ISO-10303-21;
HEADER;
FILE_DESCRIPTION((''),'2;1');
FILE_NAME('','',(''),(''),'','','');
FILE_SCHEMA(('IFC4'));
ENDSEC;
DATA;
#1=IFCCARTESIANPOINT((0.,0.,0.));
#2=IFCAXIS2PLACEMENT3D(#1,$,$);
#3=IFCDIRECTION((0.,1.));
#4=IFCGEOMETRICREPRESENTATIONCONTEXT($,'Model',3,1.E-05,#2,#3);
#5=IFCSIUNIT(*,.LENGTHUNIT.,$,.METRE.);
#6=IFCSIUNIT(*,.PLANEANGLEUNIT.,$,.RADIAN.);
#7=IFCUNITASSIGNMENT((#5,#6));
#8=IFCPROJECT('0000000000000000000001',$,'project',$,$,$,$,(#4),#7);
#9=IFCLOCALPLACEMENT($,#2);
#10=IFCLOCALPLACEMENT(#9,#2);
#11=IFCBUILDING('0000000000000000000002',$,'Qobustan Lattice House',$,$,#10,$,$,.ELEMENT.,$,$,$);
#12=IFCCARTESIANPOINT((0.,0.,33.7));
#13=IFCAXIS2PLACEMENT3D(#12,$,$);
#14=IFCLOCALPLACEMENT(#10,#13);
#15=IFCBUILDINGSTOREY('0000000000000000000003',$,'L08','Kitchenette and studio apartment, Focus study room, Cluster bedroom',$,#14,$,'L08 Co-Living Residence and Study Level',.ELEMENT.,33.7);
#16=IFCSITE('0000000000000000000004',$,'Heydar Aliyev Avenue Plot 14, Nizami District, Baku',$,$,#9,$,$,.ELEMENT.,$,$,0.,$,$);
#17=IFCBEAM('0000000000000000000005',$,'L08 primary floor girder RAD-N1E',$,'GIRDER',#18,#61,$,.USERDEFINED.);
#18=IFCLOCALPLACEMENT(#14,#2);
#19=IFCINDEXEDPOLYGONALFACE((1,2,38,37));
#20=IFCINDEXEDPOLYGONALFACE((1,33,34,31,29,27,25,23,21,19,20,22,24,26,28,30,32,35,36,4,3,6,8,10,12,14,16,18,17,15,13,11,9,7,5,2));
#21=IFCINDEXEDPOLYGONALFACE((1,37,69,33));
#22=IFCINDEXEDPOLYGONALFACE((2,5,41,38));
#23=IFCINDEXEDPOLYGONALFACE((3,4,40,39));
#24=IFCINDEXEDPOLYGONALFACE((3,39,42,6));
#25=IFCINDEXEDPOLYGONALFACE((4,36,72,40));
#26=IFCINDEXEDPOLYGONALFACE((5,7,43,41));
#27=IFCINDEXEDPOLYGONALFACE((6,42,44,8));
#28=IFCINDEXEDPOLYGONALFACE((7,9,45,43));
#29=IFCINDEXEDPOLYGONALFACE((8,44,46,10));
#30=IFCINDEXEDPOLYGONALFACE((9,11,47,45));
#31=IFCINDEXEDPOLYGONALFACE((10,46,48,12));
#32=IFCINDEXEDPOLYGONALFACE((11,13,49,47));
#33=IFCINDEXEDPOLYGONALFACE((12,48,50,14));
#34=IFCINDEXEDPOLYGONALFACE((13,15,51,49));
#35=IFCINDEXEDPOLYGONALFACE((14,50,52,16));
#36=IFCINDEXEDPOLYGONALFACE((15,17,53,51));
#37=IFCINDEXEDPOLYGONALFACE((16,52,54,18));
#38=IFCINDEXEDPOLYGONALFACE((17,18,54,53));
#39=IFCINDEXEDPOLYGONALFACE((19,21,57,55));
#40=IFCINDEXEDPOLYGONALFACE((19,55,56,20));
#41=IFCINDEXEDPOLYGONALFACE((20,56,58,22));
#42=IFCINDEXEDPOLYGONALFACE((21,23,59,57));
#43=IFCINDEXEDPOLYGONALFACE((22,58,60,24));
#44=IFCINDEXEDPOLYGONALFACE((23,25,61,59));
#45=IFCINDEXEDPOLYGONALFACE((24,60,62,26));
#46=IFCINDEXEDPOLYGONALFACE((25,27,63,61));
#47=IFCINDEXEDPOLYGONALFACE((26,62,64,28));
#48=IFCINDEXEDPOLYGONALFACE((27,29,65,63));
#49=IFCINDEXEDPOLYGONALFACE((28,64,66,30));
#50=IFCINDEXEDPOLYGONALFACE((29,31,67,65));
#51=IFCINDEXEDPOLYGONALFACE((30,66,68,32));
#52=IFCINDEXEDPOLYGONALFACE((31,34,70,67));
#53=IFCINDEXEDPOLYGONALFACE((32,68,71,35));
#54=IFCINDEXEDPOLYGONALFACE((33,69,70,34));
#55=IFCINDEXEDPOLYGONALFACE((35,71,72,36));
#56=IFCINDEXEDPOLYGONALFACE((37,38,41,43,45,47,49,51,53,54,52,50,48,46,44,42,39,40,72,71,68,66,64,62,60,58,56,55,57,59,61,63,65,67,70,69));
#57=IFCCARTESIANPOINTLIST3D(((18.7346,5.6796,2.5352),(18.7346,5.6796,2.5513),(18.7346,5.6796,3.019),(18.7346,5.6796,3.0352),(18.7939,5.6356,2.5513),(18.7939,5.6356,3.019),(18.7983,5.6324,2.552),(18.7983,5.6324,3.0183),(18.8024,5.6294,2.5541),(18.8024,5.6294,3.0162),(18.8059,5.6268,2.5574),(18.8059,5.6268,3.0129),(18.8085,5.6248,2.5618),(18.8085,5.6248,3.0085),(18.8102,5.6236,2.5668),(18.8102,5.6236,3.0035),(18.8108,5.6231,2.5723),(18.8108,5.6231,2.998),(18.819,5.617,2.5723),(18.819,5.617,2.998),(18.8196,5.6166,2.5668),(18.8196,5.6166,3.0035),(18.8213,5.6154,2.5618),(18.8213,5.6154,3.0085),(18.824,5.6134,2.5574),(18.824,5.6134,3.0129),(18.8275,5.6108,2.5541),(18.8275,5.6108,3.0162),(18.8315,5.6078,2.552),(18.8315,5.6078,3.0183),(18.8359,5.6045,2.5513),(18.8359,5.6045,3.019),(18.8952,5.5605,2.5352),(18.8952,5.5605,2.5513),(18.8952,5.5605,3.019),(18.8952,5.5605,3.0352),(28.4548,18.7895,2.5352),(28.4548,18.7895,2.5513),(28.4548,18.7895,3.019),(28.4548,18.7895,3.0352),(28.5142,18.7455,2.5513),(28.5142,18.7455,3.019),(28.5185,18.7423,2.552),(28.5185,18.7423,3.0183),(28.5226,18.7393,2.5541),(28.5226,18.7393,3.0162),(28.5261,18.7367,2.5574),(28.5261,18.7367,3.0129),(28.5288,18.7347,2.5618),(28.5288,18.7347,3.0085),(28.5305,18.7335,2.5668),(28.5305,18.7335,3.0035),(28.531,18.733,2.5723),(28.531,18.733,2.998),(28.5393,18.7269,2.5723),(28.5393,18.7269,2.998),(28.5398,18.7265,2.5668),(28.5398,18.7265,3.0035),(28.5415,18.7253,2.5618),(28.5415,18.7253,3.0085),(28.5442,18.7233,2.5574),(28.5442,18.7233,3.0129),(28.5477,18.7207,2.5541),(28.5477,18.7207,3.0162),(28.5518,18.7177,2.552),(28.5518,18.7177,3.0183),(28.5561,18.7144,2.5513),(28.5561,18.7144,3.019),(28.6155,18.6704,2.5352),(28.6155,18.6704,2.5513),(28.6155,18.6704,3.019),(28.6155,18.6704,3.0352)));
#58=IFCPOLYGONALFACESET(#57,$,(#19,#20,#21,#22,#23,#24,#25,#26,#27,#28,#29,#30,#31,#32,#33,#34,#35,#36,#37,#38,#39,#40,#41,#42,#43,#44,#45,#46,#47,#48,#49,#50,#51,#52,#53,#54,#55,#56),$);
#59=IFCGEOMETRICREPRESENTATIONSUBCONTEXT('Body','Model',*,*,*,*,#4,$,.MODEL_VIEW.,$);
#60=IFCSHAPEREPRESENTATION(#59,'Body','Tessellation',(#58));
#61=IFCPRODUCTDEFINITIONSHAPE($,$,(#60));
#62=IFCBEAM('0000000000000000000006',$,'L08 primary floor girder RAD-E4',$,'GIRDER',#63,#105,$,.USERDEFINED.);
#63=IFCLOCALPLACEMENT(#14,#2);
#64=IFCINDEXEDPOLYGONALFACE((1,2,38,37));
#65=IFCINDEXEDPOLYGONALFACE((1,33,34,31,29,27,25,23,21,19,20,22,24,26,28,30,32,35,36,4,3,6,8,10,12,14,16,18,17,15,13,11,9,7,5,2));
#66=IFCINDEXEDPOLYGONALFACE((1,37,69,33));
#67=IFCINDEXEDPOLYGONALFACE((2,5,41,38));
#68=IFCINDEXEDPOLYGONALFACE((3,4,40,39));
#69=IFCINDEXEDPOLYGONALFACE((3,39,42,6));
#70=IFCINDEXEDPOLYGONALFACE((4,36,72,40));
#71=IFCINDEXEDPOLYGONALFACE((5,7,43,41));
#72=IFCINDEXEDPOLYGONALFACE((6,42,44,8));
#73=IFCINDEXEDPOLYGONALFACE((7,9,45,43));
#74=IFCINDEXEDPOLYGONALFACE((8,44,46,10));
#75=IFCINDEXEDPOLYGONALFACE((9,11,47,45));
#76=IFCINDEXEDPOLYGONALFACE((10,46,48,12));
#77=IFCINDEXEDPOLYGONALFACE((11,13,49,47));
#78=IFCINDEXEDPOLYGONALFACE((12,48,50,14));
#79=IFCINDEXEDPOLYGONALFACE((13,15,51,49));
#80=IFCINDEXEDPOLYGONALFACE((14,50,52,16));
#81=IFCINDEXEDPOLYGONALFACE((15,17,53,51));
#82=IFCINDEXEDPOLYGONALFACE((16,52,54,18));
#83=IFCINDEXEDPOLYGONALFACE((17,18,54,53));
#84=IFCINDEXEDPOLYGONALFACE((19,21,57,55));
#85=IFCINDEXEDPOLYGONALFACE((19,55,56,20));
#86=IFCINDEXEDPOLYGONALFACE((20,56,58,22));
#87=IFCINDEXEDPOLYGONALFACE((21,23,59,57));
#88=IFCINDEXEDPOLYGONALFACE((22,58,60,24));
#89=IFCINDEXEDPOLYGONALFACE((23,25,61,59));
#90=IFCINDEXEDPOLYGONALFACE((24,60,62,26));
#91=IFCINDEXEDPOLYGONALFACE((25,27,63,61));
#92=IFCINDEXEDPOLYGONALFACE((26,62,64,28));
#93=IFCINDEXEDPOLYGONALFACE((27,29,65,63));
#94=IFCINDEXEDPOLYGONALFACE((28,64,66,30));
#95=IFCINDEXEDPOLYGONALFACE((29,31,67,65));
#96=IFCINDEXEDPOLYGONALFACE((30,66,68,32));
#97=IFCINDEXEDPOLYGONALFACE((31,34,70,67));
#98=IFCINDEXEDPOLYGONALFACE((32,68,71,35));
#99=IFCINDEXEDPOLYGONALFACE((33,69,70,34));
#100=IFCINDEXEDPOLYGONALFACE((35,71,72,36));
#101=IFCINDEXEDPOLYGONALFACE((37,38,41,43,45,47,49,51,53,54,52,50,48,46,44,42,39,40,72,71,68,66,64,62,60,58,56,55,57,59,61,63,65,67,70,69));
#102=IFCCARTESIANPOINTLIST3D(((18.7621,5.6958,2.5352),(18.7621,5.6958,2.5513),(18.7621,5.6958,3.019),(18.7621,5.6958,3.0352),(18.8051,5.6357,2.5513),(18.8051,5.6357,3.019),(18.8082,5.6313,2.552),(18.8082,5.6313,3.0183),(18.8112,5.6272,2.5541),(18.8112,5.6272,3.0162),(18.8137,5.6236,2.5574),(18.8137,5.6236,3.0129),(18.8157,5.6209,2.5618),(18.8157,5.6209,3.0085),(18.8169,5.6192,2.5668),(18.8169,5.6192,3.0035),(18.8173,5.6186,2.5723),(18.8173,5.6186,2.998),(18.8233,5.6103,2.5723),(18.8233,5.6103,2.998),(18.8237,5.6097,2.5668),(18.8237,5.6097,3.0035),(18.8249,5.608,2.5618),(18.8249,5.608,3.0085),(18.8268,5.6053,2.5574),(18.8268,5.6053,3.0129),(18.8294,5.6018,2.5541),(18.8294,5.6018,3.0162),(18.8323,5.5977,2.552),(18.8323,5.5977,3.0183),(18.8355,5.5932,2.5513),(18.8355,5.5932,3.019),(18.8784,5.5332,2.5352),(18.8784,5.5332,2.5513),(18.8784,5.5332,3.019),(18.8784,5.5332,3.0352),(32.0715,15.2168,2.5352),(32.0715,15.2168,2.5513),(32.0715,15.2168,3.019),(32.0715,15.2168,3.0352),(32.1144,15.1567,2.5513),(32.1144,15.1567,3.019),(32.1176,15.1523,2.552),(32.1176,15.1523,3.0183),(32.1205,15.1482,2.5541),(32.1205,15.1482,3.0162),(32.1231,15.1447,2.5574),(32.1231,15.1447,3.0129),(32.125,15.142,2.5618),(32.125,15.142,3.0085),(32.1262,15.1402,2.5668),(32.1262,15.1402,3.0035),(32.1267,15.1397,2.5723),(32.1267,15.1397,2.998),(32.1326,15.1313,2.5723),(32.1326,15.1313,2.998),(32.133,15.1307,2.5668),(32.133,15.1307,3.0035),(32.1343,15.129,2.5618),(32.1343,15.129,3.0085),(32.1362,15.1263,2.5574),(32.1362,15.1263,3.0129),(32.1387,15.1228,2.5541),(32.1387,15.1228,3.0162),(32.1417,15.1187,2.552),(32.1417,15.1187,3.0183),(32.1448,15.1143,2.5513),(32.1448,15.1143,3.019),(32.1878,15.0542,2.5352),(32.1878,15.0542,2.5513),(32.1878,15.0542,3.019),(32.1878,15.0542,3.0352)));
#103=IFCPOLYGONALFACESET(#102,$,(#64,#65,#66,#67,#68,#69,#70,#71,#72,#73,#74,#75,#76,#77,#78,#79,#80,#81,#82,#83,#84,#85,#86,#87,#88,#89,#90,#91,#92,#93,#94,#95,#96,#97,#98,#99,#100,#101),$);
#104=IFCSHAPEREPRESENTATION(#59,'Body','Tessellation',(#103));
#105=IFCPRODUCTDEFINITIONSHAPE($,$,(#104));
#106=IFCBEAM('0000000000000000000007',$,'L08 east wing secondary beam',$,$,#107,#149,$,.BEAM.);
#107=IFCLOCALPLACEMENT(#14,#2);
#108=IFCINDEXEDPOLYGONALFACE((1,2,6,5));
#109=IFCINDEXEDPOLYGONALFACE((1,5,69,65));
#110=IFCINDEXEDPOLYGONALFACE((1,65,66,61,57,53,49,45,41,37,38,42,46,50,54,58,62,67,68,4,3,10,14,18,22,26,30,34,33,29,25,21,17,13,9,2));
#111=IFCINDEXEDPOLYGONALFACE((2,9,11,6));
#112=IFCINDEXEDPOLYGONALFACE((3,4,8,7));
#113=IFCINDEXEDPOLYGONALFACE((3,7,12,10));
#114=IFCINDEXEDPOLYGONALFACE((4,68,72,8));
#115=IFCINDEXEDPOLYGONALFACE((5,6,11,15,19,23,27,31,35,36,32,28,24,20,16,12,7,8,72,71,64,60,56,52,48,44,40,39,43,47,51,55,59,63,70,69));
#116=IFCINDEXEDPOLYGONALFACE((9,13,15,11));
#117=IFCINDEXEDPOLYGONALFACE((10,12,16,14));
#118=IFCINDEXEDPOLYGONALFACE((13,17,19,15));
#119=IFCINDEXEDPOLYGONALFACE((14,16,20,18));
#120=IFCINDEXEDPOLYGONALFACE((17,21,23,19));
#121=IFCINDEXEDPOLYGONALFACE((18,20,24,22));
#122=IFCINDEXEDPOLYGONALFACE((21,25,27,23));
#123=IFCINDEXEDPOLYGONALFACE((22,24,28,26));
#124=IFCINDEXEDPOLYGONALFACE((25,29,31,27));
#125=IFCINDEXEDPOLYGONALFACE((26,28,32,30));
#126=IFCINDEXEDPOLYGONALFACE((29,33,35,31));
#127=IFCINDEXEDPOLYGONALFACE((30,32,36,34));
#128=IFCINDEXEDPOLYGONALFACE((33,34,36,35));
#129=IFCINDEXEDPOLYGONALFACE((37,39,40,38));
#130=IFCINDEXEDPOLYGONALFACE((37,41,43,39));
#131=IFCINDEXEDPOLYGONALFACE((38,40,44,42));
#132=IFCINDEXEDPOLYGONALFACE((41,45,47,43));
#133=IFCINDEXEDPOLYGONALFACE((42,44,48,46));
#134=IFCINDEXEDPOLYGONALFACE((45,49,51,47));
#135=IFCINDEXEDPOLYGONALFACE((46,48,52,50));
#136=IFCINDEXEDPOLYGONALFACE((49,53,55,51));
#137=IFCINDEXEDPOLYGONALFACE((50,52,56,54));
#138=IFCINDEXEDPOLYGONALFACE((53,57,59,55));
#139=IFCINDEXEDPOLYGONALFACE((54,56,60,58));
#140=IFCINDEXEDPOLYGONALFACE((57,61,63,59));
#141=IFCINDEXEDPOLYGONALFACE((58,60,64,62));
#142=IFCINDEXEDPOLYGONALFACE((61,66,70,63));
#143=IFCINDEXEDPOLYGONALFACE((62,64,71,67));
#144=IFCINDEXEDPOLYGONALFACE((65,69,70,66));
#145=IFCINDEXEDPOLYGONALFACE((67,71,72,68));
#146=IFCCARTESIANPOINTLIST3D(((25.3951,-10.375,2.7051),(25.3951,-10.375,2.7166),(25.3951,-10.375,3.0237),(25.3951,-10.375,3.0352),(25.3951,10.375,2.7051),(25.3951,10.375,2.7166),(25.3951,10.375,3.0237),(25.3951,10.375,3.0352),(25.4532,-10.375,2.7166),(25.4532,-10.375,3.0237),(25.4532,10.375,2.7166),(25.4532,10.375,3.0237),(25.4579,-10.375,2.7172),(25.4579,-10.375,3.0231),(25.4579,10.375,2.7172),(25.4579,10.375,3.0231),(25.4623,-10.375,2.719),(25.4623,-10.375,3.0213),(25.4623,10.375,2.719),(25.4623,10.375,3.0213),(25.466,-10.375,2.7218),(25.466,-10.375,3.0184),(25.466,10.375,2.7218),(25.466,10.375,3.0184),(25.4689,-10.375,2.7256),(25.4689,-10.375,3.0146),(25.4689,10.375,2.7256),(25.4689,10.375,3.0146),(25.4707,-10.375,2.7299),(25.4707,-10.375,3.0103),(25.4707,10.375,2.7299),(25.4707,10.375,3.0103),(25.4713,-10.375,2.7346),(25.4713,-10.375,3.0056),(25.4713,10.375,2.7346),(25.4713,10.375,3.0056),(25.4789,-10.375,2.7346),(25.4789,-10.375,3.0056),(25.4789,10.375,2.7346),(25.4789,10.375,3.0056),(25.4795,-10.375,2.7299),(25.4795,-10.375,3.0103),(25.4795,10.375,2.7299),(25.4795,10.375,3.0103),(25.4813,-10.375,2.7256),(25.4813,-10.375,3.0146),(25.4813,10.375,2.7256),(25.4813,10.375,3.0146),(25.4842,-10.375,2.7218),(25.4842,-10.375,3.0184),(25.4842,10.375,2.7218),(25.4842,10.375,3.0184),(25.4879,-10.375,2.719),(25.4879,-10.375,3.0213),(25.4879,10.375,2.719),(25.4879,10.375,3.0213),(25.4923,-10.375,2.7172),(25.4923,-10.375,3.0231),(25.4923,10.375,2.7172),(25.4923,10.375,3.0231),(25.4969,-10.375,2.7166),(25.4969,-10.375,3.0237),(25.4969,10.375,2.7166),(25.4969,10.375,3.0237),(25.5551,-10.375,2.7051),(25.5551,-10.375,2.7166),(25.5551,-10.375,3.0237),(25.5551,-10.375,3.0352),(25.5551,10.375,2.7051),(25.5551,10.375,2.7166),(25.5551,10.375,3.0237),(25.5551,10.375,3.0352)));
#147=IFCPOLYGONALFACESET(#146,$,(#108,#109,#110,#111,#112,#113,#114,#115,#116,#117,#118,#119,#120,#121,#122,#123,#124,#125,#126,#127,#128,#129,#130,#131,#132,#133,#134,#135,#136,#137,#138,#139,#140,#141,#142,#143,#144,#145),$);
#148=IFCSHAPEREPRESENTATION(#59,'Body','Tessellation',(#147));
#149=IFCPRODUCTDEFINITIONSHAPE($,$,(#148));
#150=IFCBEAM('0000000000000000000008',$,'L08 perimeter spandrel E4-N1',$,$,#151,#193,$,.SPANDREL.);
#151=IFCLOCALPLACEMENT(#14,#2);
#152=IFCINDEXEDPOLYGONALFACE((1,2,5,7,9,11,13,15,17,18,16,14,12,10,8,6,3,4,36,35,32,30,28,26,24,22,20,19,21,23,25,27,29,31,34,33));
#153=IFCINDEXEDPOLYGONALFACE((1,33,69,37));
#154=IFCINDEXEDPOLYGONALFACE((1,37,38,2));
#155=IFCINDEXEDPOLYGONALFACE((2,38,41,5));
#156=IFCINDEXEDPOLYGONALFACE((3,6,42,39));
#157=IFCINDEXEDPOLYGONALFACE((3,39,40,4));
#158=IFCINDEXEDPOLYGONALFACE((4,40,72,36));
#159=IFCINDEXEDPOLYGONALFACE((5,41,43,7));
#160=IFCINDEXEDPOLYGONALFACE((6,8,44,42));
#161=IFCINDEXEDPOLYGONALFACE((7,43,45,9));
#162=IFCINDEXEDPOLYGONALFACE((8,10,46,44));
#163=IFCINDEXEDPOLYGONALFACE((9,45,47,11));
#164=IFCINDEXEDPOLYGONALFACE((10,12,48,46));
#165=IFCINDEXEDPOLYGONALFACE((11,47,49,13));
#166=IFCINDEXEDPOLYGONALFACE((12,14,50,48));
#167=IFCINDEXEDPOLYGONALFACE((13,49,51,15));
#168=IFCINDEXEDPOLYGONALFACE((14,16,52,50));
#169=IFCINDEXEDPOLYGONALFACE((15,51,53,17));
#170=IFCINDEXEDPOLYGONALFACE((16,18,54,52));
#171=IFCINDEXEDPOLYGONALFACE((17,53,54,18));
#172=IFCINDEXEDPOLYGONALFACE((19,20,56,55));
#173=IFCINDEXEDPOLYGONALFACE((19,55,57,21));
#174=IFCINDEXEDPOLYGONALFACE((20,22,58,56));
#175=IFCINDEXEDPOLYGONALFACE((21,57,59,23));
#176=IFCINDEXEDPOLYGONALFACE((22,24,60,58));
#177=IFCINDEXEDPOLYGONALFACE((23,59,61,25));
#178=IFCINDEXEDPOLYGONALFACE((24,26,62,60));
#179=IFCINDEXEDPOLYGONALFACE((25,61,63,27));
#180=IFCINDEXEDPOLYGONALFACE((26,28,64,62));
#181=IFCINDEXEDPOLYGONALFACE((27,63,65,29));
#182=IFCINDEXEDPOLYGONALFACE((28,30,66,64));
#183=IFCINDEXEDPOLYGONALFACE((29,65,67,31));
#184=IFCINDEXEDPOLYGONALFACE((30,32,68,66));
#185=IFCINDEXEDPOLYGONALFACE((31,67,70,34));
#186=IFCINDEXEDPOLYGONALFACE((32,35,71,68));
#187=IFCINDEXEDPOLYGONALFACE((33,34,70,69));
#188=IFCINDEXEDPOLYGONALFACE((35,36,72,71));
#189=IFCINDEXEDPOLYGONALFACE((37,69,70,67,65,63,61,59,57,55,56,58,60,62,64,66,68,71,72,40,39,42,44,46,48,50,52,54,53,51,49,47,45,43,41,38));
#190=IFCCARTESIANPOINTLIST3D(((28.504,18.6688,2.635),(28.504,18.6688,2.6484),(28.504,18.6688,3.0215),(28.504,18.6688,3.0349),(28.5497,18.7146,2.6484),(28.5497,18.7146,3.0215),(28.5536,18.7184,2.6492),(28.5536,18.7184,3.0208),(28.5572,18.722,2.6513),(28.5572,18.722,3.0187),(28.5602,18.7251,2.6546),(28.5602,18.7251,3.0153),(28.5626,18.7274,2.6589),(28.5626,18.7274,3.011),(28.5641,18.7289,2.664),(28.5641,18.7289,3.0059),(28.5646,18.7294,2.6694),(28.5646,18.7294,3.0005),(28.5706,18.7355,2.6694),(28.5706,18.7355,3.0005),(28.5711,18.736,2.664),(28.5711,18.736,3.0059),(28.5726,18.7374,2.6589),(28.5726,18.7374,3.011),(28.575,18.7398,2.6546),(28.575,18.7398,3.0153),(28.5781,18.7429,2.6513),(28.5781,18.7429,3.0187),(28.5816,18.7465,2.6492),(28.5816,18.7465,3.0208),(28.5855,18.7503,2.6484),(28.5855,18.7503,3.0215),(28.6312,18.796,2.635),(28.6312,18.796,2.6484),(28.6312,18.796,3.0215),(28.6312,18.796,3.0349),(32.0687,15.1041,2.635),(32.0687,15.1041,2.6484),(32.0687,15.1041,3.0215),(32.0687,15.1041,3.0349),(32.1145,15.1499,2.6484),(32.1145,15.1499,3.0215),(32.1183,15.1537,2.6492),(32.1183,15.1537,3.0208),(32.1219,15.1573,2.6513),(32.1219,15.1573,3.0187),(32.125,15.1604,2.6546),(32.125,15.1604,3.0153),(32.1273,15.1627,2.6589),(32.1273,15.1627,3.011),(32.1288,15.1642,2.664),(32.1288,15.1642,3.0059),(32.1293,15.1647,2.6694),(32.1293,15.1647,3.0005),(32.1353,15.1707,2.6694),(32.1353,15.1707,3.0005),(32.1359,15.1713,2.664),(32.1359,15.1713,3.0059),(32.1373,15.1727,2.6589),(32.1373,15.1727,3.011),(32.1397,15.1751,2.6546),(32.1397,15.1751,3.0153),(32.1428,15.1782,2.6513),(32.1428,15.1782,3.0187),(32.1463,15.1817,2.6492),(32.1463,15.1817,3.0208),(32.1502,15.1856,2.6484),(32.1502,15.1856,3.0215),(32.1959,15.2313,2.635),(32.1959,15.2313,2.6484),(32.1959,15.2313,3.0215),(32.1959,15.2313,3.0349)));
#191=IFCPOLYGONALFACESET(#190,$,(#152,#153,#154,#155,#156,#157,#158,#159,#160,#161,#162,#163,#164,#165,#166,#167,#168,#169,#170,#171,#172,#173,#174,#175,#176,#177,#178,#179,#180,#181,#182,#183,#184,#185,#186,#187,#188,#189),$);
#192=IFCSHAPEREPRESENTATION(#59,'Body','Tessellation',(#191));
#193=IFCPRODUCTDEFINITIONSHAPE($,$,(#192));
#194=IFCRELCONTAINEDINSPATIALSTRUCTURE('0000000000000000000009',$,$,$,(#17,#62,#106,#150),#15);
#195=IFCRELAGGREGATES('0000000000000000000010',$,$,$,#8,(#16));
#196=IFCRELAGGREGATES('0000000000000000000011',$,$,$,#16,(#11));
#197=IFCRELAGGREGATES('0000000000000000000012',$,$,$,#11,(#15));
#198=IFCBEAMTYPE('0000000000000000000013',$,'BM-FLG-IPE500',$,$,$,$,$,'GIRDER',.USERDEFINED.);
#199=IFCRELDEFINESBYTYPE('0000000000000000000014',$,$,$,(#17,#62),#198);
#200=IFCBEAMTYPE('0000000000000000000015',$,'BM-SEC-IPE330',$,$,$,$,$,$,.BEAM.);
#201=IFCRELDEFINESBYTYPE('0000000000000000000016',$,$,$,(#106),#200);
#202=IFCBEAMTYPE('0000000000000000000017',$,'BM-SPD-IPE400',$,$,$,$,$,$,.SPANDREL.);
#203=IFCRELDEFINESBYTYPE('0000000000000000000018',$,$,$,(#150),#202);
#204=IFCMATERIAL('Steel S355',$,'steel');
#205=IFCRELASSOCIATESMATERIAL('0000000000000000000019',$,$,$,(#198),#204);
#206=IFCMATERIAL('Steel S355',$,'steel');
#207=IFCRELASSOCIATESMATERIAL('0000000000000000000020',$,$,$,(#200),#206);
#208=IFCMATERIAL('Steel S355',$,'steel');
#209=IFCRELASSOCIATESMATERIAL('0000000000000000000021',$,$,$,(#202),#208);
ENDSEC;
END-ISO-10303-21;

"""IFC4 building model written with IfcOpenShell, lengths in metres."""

from ifc_helpers import new_model, si_unit, direction, frame, origin, origin_2d, place, context, subcontext, project, spatial, i_section, extrude, material, material_profile, profile_set, type_object, element, save


model = new_model("IFC4")

# Units and contexts
model_context = context("Model", 3, precision=1e-05, world=origin(), true_north=direction((0.0, 1.0)))
body_context = subcontext(model_context, "Body", "Model", "MODEL_VIEW")
ifc_project = project(units=[si_unit("LENGTHUNIT", "METRE"), si_unit("PLANEANGLEUNIT", "RADIAN")], contexts=[model_context])

# Site, building, storey
site_placement = place(None, origin())
site = spatial("IfcSite", under=ifc_project, at=site_placement, Name="Heydar Aliyev Avenue Plot 14, Nizami District, Baku", CompositionType="ELEMENT", RefElevation=0.0)
building_placement = place(site_placement, origin())
building = spatial("IfcBuilding", under=site, at=building_placement, Name="Qobustan Lattice House", CompositionType="ELEMENT")
storey_placement = place(building_placement, frame((0.0, 0.0, 33.7)))
storey = spatial("IfcBuildingStorey", under=building, at=storey_placement, Name="L08", Description="Kitchenette and studio apartment, Focus study room, Cluster bedroom", LongName="L08 Co-Living Residence and Study Level", CompositionType="ELEMENT", Elevation=33.7)

# Beams
ifc_material_1 = material(Name="Steel S355", Category="steel")
ifc_material_profile_1 = material_profile(ifc_material_1, i_section(OverallWidth=0.2, OverallDepth=0.5, WebThickness=0.0103, FlangeThickness=0.0161, FilletRadius=0.021, at=origin_2d()), Name="IPE500")
ifc_profile_set_1 = profile_set([ifc_material_profile_1], Name="Steel S355")
beam_type_1 = type_object("IfcBeamType", Name="BM-FLG-IPE500", ElementType="GIRDER", PredefinedType="USERDEFINED", material=ifc_profile_set_1)
beam_1_placement = place(storey_placement, frame((28.5352, 18.73, 2.7852), z_axis=(-0.595592, -0.803287, 0.0), x_axis=(0.803287, -0.595592, 0.0)))
element("IfcBeam", 1, at=beam_1_placement, inside=storey, type_object=beam_type_1, Name="L08 primary floor girder RAD-N1E", ObjectType="GIRDER", PredefinedType="USERDEFINED", context=body_context, shape_type="SweptSolid", body=[
    extrude(i_section(OverallWidth=0.2, OverallDepth=0.5, WebThickness=0.0103, FlangeThickness=0.0161, FilletRadius=0.021, at=origin_2d()), origin(), (0.0, 0.0, 1.0), 16.3203),
])
beam_2_placement = place(storey_placement, frame((32.1296, 15.1355, 2.7852), z_axis=(-0.813319, -0.581818, 0.0), x_axis=(0.581818, -0.813319, 0.0)))
element("IfcBeam", 2, at=beam_2_placement, inside=storey, type_object=beam_type_1, Name="L08 primary floor girder RAD-E4", ObjectType="GIRDER", PredefinedType="USERDEFINED", context=body_context, shape_type="SweptSolid", body=[
    extrude(i_section(OverallWidth=0.2, OverallDepth=0.5, WebThickness=0.0103, FlangeThickness=0.0161, FilletRadius=0.021, at=origin_2d()), origin(), (0.0, 0.0, 1.0), 16.3643),
])
ifc_material_2 = material(Name="Steel S355", Category="steel")
ifc_material_profile_2 = material_profile(ifc_material_2, i_section(OverallWidth=0.1599, OverallDepth=0.3301, WebThickness=0.0076, FlangeThickness=0.0115, FilletRadius=0.0181, at=origin_2d()), Name="IPE330")
ifc_profile_set_2 = profile_set([ifc_material_profile_2], Name="Steel S355")
beam_type_2 = type_object("IfcBeamType", Name="BM-SEC-IPE330", PredefinedType="BEAM", material=ifc_profile_set_2)
beam_3_placement = place(storey_placement, frame((25.4751, 10.375, 2.8701), z_axis=(0.0, -1.0, 0.0), x_axis=(1.0, 0.0, 0.0)))
element("IfcBeam", 3, at=beam_3_placement, inside=storey, type_object=beam_type_2, Name="L08 east wing secondary beam", PredefinedType="BEAM", context=body_context, shape_type="SweptSolid", body=[
    extrude(i_section(OverallWidth=0.1599, OverallDepth=0.3301, WebThickness=0.0076, FlangeThickness=0.0115, FilletRadius=0.0181, at=origin_2d()), origin(), (0.0, 0.0, 1.0), 20.75),
])
ifc_material_3 = material(Name="Steel S355", Category="steel")
ifc_material_profile_3 = material_profile(ifc_material_3, i_section(OverallWidth=0.1799, OverallDepth=0.3999, WebThickness=0.0085, FlangeThickness=0.0134, FilletRadius=0.021, at=origin_2d()), Name="IPE400")
ifc_profile_set_3 = profile_set([ifc_material_profile_3], Name="Steel S355")
beam_type_3 = type_object("IfcBeamType", Name="BM-SPD-IPE400", PredefinedType="SPANDREL", material=ifc_profile_set_3)
beam_4_placement = place(storey_placement, frame((32.1323, 15.1677, 2.835), z_axis=(-0.707107, 0.707107, 0.0), x_axis=(-0.707107, -0.707107, 0.0)))
element("IfcBeam", 4, at=beam_4_placement, inside=storey, type_object=beam_type_3, Name="L08 perimeter spandrel E4-N1", PredefinedType="SPANDREL", context=body_context, shape_type="SweptSolid", body=[
    extrude(i_section(OverallWidth=0.1799, OverallDepth=0.3999, WebThickness=0.0085, FlangeThickness=0.0134, FilletRadius=0.021, at=origin_2d()), origin(), (0.0, 0.0, 1.0), 5.0413),
])

save(model, "model.ifc")
